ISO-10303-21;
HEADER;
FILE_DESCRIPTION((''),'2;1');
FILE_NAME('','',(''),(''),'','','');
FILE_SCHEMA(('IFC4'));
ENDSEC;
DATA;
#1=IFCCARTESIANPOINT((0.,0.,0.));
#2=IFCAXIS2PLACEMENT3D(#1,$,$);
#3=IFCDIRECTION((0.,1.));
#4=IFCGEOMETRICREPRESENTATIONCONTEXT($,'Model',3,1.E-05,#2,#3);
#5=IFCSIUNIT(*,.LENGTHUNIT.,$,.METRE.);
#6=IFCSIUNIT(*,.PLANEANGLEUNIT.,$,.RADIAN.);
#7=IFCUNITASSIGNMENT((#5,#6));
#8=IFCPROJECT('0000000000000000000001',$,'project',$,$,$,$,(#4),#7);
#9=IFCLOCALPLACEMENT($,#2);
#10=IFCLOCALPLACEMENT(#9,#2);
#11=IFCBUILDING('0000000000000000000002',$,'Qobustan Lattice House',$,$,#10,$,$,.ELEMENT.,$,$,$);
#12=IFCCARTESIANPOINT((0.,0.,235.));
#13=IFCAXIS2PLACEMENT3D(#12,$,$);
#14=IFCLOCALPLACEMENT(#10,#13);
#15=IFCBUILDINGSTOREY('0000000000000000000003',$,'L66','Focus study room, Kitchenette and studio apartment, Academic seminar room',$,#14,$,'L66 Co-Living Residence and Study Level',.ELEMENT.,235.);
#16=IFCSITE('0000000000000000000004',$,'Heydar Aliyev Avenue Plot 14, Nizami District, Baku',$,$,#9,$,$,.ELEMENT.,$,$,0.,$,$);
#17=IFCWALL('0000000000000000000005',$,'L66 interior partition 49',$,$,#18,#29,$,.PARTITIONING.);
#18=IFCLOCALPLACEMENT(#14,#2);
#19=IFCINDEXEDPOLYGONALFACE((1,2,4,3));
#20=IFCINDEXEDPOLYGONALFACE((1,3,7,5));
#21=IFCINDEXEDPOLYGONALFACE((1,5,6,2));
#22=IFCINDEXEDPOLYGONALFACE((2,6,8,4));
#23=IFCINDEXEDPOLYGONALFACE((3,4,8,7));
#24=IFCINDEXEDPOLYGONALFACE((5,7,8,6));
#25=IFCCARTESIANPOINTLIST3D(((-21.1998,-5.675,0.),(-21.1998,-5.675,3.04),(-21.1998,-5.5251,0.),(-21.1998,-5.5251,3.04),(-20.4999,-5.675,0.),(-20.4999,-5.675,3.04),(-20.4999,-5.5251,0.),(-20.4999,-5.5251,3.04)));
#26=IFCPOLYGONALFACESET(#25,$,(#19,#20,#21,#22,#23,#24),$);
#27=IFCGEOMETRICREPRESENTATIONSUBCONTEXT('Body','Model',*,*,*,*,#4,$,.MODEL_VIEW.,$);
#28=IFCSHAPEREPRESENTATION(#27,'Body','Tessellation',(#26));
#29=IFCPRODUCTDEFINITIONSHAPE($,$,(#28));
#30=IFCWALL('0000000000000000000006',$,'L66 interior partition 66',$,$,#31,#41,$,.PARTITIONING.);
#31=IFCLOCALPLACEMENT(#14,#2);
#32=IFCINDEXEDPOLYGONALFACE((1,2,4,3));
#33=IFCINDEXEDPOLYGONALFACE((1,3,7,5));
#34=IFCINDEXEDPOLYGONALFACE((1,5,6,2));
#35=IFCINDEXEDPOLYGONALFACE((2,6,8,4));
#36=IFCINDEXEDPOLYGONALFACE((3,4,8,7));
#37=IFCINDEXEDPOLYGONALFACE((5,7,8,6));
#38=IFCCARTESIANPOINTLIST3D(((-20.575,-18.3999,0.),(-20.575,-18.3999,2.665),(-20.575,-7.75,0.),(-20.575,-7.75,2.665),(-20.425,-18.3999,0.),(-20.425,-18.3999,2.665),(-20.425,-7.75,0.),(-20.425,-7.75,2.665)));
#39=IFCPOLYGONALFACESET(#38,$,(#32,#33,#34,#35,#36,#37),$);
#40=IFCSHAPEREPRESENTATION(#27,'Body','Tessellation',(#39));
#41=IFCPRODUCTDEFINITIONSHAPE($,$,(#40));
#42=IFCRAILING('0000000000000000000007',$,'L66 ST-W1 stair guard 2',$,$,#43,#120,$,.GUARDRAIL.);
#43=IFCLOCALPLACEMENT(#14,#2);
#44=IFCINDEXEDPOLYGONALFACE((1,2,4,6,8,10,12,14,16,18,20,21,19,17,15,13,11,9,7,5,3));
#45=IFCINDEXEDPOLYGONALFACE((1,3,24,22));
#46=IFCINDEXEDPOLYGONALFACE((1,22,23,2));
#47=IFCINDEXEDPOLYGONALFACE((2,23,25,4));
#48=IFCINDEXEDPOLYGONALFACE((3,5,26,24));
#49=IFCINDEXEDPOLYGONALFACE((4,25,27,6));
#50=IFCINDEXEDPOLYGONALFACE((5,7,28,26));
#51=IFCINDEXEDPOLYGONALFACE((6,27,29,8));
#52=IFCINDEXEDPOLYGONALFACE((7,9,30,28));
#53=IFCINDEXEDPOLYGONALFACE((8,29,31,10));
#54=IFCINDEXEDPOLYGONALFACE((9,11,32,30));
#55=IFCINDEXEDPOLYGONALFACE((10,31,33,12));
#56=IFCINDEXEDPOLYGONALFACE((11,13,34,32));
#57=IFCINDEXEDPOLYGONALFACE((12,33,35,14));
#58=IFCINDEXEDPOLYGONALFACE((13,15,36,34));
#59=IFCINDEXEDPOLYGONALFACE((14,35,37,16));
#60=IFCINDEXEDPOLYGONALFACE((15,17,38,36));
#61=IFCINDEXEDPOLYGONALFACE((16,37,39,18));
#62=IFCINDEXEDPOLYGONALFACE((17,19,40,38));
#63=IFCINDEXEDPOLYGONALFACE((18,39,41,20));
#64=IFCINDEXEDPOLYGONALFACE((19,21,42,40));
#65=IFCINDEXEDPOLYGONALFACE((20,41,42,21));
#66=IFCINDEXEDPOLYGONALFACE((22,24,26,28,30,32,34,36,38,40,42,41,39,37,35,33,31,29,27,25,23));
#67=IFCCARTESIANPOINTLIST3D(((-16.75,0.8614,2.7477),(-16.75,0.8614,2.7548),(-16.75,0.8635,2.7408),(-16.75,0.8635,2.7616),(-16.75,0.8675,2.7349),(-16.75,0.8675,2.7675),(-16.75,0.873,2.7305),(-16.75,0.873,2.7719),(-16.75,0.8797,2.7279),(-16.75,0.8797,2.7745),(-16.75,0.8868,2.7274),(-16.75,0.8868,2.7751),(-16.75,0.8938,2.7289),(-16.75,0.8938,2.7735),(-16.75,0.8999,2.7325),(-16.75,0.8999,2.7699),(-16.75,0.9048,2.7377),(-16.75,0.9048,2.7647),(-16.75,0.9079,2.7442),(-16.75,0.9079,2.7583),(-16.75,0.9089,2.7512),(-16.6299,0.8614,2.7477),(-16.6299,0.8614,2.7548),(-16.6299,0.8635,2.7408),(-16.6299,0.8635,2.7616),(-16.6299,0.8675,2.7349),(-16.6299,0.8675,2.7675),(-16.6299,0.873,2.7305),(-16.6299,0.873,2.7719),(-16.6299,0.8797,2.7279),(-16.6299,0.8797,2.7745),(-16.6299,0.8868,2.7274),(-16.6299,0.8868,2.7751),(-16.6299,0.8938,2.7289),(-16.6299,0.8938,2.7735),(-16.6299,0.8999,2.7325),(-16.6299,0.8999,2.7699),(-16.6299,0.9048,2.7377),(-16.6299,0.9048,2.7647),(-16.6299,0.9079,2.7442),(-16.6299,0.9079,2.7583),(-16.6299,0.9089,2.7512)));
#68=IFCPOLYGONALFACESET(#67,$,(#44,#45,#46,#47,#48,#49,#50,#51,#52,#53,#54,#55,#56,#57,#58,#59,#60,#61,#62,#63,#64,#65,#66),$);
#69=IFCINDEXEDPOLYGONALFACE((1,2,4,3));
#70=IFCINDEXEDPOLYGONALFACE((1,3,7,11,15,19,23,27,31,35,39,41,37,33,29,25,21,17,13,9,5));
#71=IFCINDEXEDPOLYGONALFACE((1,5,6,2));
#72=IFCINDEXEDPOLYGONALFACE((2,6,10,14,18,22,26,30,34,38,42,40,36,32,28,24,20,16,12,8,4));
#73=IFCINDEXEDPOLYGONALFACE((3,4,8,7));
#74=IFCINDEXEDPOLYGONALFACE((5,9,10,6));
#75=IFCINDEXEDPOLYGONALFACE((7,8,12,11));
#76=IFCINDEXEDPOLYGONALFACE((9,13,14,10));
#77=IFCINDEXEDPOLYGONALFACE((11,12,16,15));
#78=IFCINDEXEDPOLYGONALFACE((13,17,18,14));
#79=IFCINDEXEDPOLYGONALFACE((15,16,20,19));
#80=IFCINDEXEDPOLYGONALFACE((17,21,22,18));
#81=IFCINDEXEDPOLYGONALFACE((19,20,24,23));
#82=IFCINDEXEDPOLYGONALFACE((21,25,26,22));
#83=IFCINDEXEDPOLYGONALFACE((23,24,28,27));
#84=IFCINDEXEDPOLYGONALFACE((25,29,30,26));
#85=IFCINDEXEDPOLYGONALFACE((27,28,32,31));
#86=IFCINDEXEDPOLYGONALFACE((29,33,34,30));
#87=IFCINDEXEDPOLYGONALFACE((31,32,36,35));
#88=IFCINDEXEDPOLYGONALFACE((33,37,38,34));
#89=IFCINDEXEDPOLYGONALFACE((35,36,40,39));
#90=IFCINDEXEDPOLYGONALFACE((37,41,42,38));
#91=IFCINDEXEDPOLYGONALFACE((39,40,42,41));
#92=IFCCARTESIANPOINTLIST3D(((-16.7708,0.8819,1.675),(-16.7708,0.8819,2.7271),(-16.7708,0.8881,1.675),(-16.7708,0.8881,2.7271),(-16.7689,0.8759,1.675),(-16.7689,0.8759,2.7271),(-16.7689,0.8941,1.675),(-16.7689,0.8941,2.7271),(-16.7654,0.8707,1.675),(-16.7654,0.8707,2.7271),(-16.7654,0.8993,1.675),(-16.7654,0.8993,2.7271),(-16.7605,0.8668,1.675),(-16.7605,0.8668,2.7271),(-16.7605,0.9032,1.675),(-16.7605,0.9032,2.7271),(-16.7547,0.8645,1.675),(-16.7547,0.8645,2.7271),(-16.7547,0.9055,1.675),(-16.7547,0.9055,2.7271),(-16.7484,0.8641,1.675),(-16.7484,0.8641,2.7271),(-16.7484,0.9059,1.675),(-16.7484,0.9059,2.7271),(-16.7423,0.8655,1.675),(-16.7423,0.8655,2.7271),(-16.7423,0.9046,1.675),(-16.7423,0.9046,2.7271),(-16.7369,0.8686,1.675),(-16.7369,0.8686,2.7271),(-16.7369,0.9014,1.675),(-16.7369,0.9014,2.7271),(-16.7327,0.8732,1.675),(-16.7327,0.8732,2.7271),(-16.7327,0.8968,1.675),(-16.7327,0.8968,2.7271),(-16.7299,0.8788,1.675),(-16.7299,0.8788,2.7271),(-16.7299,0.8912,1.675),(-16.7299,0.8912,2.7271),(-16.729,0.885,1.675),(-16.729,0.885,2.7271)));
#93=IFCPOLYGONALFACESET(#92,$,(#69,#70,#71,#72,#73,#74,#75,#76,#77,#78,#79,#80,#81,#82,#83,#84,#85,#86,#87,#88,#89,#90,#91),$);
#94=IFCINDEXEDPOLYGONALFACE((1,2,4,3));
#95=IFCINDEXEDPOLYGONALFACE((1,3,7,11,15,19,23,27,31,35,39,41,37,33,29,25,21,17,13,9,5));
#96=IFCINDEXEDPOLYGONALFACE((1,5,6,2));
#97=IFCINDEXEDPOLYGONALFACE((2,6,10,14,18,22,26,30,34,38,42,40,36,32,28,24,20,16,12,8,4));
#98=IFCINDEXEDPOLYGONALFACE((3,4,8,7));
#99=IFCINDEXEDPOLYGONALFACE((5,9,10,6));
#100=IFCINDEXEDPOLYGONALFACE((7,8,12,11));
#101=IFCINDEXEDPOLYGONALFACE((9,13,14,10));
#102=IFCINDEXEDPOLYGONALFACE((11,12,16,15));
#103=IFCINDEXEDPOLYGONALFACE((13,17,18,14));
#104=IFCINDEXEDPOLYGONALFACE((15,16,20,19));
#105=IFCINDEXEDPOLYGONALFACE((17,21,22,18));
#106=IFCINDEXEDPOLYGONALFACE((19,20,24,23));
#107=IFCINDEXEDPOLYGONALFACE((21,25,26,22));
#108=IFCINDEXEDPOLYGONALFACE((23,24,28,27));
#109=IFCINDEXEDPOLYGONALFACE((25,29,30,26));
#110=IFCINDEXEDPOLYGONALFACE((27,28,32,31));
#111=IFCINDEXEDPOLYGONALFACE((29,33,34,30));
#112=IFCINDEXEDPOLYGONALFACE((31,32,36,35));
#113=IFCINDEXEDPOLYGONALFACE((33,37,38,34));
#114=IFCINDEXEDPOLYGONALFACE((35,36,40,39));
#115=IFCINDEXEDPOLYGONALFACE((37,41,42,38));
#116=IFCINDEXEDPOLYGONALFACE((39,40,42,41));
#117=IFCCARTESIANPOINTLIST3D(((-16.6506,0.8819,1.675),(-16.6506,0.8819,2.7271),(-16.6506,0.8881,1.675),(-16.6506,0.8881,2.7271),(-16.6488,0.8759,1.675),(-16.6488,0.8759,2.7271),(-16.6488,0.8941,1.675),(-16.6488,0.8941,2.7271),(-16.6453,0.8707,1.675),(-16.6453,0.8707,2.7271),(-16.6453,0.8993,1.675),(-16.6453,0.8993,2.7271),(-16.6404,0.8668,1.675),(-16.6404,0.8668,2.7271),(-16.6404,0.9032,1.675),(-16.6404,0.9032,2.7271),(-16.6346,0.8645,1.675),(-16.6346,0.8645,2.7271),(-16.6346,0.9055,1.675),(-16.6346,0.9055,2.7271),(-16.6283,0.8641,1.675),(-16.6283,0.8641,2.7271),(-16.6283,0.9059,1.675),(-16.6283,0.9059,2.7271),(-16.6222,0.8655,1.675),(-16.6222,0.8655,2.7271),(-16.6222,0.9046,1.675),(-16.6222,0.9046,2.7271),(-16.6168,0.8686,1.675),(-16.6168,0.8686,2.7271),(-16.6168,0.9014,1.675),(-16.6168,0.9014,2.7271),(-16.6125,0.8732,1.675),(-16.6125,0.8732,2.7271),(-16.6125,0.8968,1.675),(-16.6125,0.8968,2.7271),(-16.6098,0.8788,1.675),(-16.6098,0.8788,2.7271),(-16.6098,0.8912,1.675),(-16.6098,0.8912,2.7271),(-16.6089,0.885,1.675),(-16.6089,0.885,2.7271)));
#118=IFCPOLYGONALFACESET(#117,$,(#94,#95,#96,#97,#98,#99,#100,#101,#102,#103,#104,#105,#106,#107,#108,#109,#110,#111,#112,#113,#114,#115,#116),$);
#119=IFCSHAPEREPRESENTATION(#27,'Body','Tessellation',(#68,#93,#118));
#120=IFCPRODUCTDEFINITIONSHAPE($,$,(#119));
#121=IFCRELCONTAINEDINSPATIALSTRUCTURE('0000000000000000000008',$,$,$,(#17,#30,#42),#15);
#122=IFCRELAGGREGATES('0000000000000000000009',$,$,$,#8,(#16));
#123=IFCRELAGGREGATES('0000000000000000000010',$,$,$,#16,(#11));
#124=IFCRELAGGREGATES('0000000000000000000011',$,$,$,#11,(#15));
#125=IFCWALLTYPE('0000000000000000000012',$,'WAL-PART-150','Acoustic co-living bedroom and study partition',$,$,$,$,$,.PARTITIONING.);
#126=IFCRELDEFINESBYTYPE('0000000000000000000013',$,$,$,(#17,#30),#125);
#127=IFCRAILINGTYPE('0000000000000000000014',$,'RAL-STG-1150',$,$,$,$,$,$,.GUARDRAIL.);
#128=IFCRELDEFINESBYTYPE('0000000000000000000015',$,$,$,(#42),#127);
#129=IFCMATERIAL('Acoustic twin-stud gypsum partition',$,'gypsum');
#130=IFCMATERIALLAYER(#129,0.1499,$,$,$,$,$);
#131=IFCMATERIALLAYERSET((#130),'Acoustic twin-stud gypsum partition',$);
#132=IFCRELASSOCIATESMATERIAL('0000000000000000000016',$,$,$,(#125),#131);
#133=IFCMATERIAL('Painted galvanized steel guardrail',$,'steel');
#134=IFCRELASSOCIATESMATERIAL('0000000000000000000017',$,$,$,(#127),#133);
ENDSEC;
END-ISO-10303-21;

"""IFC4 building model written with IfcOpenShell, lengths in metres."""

from ifc_helpers import new_model, si_unit, direction, frame, frame_2d, origin, origin_2d, place, context, subcontext, project, spatial, rectangle, circle, extrude, material, layer, layer_set, type_object, element, save


model = new_model("IFC4")

# Units and contexts
model_context = context("Model", 3, precision=1e-05, world=origin(), true_north=direction((0.0, 1.0)))
body_context = subcontext(model_context, "Body", "Model", "MODEL_VIEW")
ifc_project = project(units=[si_unit("LENGTHUNIT", "METRE"), si_unit("PLANEANGLEUNIT", "RADIAN")], contexts=[model_context])

# Site, building, storey
site_placement = place(None, origin())
site = spatial("IfcSite", under=ifc_project, at=site_placement, Name="Heydar Aliyev Avenue Plot 14, Nizami District, Baku", CompositionType="ELEMENT", RefElevation=0.0)
building_placement = place(site_placement, origin())
building = spatial("IfcBuilding", under=site, at=building_placement, Name="Qobustan Lattice House", CompositionType="ELEMENT")
storey_placement = place(building_placement, frame((0.0, 0.0, 235.0)))
storey = spatial("IfcBuildingStorey", under=building, at=storey_placement, Name="L66", Description="Focus study room, Kitchenette and studio apartment, Academic seminar room", LongName="L66 Co-Living Residence and Study Level", CompositionType="ELEMENT", Elevation=235.0)

# Shared definitions
ifc_material_1 = material(Name="Acoustic twin-stud gypsum partition", Category="gypsum")
ifc_layer_1 = layer(ifc_material_1, 0.1499)
ifc_layer_set_1 = layer_set([ifc_layer_1], Name="Acoustic twin-stud gypsum partition")
wall_type_1 = type_object("IfcWallType", Name="WAL-PART-150", Description="Acoustic co-living bedroom and study partition", PredefinedType="PARTITIONING", material=ifc_layer_set_1)

# Walls
for number, where, z_axis, x_axis, name in (
    (1, (-21.2, -5.6001, 0.0), (0.0, 0.0, 1.0), (1.0, 0.0, 0.0), "L66 interior partition 49"),
):
    element("IfcWall", number, at=place(storey_placement, frame(where, z_axis=z_axis, x_axis=x_axis)), inside=storey, type_object=wall_type_1, Name=name, PredefinedType="PARTITIONING", context=body_context, shape_type="SweptSolid", body=[
        extrude(rectangle(XDim=0.7, YDim=0.1499, at=frame_2d((0.3501, 0.0))), origin(), (0.0, 0.0, 1.0), 3.04),
    ])
wall_1_placement = place(storey_placement, frame((-20.5, -7.75, 0.0), z_axis=(0.0, 0.0, 1.0), x_axis=(0.0, -1.0, 0.0)))
element("IfcWall", 2, at=wall_1_placement, inside=storey, type_object=wall_type_1, Name="L66 interior partition 66", PredefinedType="PARTITIONING", context=body_context, shape_type="SweptSolid", body=[
    extrude(rectangle(XDim=10.6499, YDim=0.1499, at=frame_2d((5.325, 0.0))), origin(), (0.0, 0.0, 1.0), 2.665),
])

# Railing
ifc_material_2 = material(Name="Painted galvanized steel guardrail", Category="steel")
railing_type = type_object("IfcRailingType", Name="RAL-STG-1150", PredefinedType="GUARDRAIL", material=ifc_material_2)
railing_placement = place(storey_placement, frame((-16.75, 0.885, 1.675)))
element("IfcRailing", 3, at=railing_placement, inside=storey, type_object=railing_type, Name="L66 ST-W1 stair guard 2", PredefinedType="GUARDRAIL", context=body_context, shape_type="SweptSolid", body=[
    extrude(circle(Radius=0.0239, at=origin_2d()), frame((0.0, 0.0, 1.0762), z_axis=(1.0, 0.0, 0.0), x_axis=(0.0, 1.0, 0.0)), (0.0, 0.0, 1.0), 0.1201),
    extrude(circle(Radius=0.021, at=origin_2d()), origin(), (0.0, 0.0, 1.0), 1.052),
    extrude(circle(Radius=0.021, at=origin_2d()), frame((0.1201, 0.0, 0.0)), (0.0, 0.0, 1.0), 1.052),
])

save(model, "model.ifc")
